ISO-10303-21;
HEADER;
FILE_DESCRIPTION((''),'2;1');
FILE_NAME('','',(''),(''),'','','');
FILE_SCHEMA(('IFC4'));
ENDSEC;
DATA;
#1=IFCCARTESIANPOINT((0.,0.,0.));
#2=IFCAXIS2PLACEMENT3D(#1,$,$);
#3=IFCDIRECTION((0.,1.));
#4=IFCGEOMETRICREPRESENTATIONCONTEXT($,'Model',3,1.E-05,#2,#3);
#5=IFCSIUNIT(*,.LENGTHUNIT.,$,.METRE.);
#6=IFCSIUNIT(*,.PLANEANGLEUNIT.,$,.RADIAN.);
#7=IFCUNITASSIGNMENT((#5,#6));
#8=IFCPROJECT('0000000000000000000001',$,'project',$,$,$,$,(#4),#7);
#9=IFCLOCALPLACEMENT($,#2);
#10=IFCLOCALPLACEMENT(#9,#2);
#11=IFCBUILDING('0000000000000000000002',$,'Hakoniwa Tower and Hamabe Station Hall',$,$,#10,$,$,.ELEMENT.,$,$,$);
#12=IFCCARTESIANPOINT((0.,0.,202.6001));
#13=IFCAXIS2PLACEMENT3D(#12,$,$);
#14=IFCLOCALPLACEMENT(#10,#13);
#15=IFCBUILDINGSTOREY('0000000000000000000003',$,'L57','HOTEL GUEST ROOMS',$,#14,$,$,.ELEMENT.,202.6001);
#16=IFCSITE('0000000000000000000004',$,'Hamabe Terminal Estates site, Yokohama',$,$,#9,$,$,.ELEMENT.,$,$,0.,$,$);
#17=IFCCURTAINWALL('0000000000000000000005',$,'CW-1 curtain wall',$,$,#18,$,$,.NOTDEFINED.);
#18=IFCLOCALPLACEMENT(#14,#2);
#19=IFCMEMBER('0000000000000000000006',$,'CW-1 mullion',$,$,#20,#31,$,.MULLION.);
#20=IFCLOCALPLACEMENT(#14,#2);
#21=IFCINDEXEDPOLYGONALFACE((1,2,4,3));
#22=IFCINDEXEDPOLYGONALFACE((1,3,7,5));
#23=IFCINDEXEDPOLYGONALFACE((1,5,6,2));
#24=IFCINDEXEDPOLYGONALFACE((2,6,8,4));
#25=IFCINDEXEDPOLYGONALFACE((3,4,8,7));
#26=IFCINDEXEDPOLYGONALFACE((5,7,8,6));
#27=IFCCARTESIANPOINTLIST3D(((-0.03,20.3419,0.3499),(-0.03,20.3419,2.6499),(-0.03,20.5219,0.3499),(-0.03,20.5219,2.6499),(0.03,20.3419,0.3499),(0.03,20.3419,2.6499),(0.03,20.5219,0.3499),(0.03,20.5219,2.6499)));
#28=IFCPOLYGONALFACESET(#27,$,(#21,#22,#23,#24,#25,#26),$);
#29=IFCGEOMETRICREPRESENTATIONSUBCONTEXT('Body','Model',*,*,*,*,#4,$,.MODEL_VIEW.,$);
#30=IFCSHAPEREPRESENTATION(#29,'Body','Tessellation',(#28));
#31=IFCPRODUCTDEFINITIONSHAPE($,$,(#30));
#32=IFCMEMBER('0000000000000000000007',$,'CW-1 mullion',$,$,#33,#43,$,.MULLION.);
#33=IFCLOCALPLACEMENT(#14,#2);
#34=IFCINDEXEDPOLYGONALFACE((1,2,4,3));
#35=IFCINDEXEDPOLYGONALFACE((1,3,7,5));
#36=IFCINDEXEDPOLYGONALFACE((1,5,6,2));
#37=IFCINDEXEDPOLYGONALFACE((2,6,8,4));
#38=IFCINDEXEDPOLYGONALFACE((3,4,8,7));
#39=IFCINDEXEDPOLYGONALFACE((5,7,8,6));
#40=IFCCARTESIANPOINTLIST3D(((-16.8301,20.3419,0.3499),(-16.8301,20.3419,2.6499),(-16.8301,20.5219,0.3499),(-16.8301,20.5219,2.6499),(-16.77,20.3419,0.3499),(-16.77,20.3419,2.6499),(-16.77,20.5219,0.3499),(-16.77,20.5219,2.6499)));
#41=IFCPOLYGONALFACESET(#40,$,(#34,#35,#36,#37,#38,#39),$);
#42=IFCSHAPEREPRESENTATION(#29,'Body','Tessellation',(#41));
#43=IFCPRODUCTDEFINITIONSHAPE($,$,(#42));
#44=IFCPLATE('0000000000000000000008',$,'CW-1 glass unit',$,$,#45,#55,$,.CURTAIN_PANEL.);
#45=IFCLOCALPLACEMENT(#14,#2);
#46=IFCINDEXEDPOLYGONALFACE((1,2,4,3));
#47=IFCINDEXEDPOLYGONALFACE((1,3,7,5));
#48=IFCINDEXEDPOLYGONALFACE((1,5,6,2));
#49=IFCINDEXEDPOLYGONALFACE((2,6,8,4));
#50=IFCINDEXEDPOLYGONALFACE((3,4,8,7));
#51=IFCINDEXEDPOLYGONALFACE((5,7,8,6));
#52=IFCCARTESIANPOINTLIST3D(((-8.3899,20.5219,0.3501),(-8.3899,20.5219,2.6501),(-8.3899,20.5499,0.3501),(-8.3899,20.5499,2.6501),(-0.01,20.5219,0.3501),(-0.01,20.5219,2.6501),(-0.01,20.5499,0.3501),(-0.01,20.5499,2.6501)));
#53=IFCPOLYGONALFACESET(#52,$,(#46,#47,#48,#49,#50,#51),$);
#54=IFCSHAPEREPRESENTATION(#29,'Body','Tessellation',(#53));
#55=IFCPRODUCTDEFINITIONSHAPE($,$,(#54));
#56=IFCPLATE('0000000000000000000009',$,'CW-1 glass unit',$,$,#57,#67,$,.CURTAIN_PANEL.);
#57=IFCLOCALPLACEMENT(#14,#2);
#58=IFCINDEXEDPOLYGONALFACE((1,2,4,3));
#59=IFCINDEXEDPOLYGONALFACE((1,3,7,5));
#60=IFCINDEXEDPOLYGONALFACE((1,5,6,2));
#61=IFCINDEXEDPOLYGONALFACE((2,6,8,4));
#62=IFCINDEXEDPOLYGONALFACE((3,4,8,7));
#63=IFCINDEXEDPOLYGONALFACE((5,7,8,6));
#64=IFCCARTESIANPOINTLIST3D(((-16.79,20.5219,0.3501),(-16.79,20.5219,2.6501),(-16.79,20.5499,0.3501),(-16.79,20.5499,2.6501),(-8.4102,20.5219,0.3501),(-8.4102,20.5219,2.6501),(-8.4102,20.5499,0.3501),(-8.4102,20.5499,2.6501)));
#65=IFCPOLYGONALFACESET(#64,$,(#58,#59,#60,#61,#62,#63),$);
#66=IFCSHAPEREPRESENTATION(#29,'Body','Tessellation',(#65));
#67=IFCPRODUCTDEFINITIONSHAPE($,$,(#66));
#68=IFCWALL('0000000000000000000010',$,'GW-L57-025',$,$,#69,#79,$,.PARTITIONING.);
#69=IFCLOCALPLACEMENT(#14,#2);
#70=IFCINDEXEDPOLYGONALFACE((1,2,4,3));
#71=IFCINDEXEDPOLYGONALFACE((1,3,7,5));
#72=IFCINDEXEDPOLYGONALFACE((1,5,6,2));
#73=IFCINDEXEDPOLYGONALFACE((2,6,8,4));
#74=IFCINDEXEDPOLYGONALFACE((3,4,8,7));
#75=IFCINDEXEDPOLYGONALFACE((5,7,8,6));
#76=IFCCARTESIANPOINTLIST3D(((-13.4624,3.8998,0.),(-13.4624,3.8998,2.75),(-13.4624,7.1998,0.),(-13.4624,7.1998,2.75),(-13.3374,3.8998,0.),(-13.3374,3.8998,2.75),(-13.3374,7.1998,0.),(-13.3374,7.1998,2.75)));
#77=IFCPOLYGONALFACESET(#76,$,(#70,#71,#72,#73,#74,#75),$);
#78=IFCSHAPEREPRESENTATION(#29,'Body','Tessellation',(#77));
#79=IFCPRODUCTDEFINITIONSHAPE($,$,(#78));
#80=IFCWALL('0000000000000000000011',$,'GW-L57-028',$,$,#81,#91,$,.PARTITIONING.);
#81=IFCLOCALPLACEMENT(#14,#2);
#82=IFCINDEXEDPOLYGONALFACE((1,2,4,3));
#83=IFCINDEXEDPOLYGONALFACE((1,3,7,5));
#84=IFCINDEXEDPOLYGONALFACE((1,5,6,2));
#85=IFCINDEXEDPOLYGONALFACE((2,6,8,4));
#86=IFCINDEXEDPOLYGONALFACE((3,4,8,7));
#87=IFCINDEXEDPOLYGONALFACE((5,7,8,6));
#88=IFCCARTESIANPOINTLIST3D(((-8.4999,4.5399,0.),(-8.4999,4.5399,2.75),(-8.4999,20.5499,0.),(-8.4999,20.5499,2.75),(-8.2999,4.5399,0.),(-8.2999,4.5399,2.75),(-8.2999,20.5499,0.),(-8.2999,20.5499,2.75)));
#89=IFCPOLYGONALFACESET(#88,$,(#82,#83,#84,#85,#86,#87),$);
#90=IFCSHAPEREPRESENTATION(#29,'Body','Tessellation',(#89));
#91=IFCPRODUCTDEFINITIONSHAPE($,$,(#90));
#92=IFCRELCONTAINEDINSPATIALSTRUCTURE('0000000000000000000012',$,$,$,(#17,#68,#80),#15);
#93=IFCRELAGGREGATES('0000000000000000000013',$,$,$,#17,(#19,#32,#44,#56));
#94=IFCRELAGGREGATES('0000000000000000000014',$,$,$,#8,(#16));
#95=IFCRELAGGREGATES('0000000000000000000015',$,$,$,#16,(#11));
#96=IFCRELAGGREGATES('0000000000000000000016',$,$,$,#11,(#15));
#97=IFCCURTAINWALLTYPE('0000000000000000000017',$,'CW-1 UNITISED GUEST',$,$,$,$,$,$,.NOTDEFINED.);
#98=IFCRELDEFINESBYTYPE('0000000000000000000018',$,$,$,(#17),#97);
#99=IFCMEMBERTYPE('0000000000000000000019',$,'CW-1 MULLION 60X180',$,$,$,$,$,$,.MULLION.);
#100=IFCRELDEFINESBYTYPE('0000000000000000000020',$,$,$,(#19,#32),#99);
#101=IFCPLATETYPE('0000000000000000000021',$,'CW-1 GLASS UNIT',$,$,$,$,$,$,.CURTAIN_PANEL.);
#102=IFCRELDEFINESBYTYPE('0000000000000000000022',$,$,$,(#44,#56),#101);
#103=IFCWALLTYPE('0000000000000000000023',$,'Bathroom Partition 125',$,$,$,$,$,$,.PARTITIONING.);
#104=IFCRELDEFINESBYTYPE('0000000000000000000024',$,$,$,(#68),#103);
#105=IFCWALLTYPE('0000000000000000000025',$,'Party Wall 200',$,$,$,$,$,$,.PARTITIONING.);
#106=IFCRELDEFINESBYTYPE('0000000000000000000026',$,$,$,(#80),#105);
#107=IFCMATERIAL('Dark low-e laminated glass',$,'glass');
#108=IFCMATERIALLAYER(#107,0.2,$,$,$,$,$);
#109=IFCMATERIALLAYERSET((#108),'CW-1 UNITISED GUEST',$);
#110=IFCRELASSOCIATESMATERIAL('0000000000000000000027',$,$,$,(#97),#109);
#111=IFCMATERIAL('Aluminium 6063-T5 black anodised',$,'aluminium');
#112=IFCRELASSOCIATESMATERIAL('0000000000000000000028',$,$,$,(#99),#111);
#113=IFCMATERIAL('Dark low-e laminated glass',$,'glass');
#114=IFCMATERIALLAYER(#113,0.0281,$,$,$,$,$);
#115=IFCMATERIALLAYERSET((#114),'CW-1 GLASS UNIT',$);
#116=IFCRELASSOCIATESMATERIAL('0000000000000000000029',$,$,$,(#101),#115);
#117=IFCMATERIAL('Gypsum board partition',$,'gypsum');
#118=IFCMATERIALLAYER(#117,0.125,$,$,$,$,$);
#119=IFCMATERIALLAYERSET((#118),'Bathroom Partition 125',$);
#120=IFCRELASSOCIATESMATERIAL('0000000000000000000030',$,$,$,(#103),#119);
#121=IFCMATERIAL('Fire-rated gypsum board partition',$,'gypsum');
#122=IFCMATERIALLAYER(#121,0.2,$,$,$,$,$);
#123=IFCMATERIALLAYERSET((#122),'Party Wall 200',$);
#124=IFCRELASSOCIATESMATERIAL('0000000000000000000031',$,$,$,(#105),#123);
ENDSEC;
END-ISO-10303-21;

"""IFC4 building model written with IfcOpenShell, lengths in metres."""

from ifc_helpers import new_model, si_unit, direction, frame, frame_2d, origin, origin_2d, place, context, subcontext, project, spatial, rectangle, extrude, material, layer, layer_set, material_profile, profile_set, type_object, element, aggregate, save


model = new_model("IFC4")

# Units and contexts
model_context = context("Model", 3, precision=1e-05, world=origin(), true_north=direction((0.0, 1.0)))
body_context = subcontext(model_context, "Body", "Model", "MODEL_VIEW")
ifc_project = project(units=[si_unit("LENGTHUNIT", "METRE"), si_unit("PLANEANGLEUNIT", "RADIAN")], contexts=[model_context])

# Site, building, storey
site_placement = place(None, origin())
site = spatial("IfcSite", under=ifc_project, at=site_placement, Name="Hamabe Terminal Estates site, Yokohama", CompositionType="ELEMENT", RefElevation=0.0)
building_placement = place(site_placement, origin())
building = spatial("IfcBuilding", under=site, at=building_placement, Name="Hakoniwa Tower and Hamabe Station Hall", CompositionType="ELEMENT")
storey_placement = place(building_placement, frame((0.0, 0.0, 202.6001)))
storey = spatial("IfcBuildingStorey", under=building, at=storey_placement, Name="L57", Description="HOTEL GUEST ROOMS", CompositionType="ELEMENT", Elevation=202.6001)

# Curtain wall, members, plates
ifc_material_1 = material(Name="Dark low-e laminated glass", Category="glass")
ifc_layer_1 = layer(ifc_material_1, 0.2)
ifc_layer_set_1 = layer_set([ifc_layer_1], Name="CW-1 UNITISED GUEST")
curtain_wall_type = type_object("IfcCurtainWallType", Name="CW-1 UNITISED GUEST", PredefinedType="NOTDEFINED", material=ifc_layer_set_1)
curtain_wall_placement = place(storey_placement, origin())
curtain_wall = element("IfcCurtainWall", 1, at=curtain_wall_placement, inside=storey, type_object=curtain_wall_type, Name="CW-1 curtain wall", PredefinedType="NOTDEFINED")
ifc_material_2 = material(Name="Aluminium 6063-T5 black anodised", Category="aluminium")
ifc_material_profile_1 = material_profile(ifc_material_2, rectangle(XDim=0.0601, YDim=0.1799, at=origin_2d()), Name="CW-1 MULLION 60X180")
ifc_profile_set_1 = profile_set([ifc_material_profile_1], Name="Aluminium 6063-T5 black anodised")
member_type = type_object("IfcMemberType", Name="CW-1 MULLION 60X180", PredefinedType="MULLION", material=ifc_profile_set_1)
member_1_placement = place(storey_placement, frame((0.0, 20.4319, 0.3499), z_axis=(0.0, 0.0, 1.0), x_axis=(-1.0, 0.0, 0.0)))
member_1 = element("IfcMember", 2, at=member_1_placement, type_object=member_type, Name="CW-1 mullion", PredefinedType="MULLION", context=body_context, shape_type="SweptSolid", body=[
    extrude(rectangle(XDim=0.0601, YDim=0.1799, at=origin_2d()), origin(), (0.0, 0.0, 1.0), 2.3),
])
member_2_placement = place(storey_placement, frame((-16.8, 20.4319, 0.3499), z_axis=(0.0, 0.0, 1.0), x_axis=(-1.0, 0.0, 0.0)))
member_2 = element("IfcMember", 3, at=member_2_placement, type_object=member_type, Name="CW-1 mullion", PredefinedType="MULLION", context=body_context, shape_type="SweptSolid", body=[
    extrude(rectangle(XDim=0.0601, YDim=0.1799, at=origin_2d()), origin(), (0.0, 0.0, 1.0), 2.3),
])
ifc_material_3 = material(Name="Dark low-e laminated glass", Category="glass")
ifc_layer_2 = layer(ifc_material_3, 0.0281)
ifc_layer_set_2 = layer_set([ifc_layer_2], Name="CW-1 GLASS UNIT")
plate_type = type_object("IfcPlateType", Name="CW-1 GLASS UNIT", PredefinedType="CURTAIN_PANEL", material=ifc_layer_set_2)
plate_1_placement = place(storey_placement, frame((-4.2, 20.5359, 0.3501), z_axis=(0.0, 0.0, 1.0), x_axis=(-1.0, 0.0, 0.0)))
plate_1 = element("IfcPlate", 4, at=plate_1_placement, type_object=plate_type, Name="CW-1 glass unit", PredefinedType="CURTAIN_PANEL", context=body_context, shape_type="SweptSolid", body=[
    extrude(rectangle(XDim=8.3799, YDim=0.0281, at=origin_2d()), origin(), (0.0, 0.0, 1.0), 2.3),
])
plate_2_placement = place(storey_placement, frame((-12.6001, 20.5359, 0.3501), z_axis=(0.0, 0.0, 1.0), x_axis=(-1.0, 0.0, 0.0)))
plate_2 = element("IfcPlate", 5, at=plate_2_placement, type_object=plate_type, Name="CW-1 glass unit", PredefinedType="CURTAIN_PANEL", context=body_context, shape_type="SweptSolid", body=[
    extrude(rectangle(XDim=8.3799, YDim=0.0281, at=origin_2d()), origin(), (0.0, 0.0, 1.0), 2.3),
])
aggregate(curtain_wall, [member_1, member_2, plate_1, plate_2])

# Walls
ifc_material_4 = material(Name="Gypsum board partition", Category="gypsum")
ifc_layer_3 = layer(ifc_material_4, 0.125)
ifc_layer_set_3 = layer_set([ifc_layer_3], Name="Bathroom Partition 125")
wall_type_1 = type_object("IfcWallType", Name="Bathroom Partition 125", PredefinedType="PARTITIONING", material=ifc_layer_set_3)
wall_1_placement = place(storey_placement, frame((-13.3999, 3.8999, 0.0), z_axis=(0.0, 0.0, 1.0), x_axis=(0.0, 1.0, 0.0)))
element("IfcWall", 6, at=wall_1_placement, inside=storey, type_object=wall_type_1, Name="GW-L57-025", PredefinedType="PARTITIONING", context=body_context, shape_type="SweptSolid", body=[
    extrude(rectangle(XDim=3.3, YDim=0.125, at=frame_2d((1.6499, 0.0))), origin(), (0.0, 0.0, 1.0), 2.75),
])
ifc_material_5 = material(Name="Fire-rated gypsum board partition", Category="gypsum")
ifc_layer_4 = layer(ifc_material_5, 0.2)
ifc_layer_set_4 = layer_set([ifc_layer_4], Name="Party Wall 200")
wall_type_2 = type_object("IfcWallType", Name="Party Wall 200", PredefinedType="PARTITIONING", material=ifc_layer_set_4)
wall_2_placement = place(storey_placement, frame((-8.3999, 4.54, 0.0), z_axis=(0.0, 0.0, 1.0), x_axis=(0.0, 1.0, 0.0)))
element("IfcWall", 7, at=wall_2_placement, inside=storey, type_object=wall_type_2, Name="GW-L57-028", PredefinedType="PARTITIONING", context=body_context, shape_type="SweptSolid", body=[
    extrude(rectangle(XDim=16.01, YDim=0.2, at=frame_2d((8.0049, 0.0))), origin(), (0.0, 0.0, 1.0), 2.75),
])

save(model, "model.ifc")
